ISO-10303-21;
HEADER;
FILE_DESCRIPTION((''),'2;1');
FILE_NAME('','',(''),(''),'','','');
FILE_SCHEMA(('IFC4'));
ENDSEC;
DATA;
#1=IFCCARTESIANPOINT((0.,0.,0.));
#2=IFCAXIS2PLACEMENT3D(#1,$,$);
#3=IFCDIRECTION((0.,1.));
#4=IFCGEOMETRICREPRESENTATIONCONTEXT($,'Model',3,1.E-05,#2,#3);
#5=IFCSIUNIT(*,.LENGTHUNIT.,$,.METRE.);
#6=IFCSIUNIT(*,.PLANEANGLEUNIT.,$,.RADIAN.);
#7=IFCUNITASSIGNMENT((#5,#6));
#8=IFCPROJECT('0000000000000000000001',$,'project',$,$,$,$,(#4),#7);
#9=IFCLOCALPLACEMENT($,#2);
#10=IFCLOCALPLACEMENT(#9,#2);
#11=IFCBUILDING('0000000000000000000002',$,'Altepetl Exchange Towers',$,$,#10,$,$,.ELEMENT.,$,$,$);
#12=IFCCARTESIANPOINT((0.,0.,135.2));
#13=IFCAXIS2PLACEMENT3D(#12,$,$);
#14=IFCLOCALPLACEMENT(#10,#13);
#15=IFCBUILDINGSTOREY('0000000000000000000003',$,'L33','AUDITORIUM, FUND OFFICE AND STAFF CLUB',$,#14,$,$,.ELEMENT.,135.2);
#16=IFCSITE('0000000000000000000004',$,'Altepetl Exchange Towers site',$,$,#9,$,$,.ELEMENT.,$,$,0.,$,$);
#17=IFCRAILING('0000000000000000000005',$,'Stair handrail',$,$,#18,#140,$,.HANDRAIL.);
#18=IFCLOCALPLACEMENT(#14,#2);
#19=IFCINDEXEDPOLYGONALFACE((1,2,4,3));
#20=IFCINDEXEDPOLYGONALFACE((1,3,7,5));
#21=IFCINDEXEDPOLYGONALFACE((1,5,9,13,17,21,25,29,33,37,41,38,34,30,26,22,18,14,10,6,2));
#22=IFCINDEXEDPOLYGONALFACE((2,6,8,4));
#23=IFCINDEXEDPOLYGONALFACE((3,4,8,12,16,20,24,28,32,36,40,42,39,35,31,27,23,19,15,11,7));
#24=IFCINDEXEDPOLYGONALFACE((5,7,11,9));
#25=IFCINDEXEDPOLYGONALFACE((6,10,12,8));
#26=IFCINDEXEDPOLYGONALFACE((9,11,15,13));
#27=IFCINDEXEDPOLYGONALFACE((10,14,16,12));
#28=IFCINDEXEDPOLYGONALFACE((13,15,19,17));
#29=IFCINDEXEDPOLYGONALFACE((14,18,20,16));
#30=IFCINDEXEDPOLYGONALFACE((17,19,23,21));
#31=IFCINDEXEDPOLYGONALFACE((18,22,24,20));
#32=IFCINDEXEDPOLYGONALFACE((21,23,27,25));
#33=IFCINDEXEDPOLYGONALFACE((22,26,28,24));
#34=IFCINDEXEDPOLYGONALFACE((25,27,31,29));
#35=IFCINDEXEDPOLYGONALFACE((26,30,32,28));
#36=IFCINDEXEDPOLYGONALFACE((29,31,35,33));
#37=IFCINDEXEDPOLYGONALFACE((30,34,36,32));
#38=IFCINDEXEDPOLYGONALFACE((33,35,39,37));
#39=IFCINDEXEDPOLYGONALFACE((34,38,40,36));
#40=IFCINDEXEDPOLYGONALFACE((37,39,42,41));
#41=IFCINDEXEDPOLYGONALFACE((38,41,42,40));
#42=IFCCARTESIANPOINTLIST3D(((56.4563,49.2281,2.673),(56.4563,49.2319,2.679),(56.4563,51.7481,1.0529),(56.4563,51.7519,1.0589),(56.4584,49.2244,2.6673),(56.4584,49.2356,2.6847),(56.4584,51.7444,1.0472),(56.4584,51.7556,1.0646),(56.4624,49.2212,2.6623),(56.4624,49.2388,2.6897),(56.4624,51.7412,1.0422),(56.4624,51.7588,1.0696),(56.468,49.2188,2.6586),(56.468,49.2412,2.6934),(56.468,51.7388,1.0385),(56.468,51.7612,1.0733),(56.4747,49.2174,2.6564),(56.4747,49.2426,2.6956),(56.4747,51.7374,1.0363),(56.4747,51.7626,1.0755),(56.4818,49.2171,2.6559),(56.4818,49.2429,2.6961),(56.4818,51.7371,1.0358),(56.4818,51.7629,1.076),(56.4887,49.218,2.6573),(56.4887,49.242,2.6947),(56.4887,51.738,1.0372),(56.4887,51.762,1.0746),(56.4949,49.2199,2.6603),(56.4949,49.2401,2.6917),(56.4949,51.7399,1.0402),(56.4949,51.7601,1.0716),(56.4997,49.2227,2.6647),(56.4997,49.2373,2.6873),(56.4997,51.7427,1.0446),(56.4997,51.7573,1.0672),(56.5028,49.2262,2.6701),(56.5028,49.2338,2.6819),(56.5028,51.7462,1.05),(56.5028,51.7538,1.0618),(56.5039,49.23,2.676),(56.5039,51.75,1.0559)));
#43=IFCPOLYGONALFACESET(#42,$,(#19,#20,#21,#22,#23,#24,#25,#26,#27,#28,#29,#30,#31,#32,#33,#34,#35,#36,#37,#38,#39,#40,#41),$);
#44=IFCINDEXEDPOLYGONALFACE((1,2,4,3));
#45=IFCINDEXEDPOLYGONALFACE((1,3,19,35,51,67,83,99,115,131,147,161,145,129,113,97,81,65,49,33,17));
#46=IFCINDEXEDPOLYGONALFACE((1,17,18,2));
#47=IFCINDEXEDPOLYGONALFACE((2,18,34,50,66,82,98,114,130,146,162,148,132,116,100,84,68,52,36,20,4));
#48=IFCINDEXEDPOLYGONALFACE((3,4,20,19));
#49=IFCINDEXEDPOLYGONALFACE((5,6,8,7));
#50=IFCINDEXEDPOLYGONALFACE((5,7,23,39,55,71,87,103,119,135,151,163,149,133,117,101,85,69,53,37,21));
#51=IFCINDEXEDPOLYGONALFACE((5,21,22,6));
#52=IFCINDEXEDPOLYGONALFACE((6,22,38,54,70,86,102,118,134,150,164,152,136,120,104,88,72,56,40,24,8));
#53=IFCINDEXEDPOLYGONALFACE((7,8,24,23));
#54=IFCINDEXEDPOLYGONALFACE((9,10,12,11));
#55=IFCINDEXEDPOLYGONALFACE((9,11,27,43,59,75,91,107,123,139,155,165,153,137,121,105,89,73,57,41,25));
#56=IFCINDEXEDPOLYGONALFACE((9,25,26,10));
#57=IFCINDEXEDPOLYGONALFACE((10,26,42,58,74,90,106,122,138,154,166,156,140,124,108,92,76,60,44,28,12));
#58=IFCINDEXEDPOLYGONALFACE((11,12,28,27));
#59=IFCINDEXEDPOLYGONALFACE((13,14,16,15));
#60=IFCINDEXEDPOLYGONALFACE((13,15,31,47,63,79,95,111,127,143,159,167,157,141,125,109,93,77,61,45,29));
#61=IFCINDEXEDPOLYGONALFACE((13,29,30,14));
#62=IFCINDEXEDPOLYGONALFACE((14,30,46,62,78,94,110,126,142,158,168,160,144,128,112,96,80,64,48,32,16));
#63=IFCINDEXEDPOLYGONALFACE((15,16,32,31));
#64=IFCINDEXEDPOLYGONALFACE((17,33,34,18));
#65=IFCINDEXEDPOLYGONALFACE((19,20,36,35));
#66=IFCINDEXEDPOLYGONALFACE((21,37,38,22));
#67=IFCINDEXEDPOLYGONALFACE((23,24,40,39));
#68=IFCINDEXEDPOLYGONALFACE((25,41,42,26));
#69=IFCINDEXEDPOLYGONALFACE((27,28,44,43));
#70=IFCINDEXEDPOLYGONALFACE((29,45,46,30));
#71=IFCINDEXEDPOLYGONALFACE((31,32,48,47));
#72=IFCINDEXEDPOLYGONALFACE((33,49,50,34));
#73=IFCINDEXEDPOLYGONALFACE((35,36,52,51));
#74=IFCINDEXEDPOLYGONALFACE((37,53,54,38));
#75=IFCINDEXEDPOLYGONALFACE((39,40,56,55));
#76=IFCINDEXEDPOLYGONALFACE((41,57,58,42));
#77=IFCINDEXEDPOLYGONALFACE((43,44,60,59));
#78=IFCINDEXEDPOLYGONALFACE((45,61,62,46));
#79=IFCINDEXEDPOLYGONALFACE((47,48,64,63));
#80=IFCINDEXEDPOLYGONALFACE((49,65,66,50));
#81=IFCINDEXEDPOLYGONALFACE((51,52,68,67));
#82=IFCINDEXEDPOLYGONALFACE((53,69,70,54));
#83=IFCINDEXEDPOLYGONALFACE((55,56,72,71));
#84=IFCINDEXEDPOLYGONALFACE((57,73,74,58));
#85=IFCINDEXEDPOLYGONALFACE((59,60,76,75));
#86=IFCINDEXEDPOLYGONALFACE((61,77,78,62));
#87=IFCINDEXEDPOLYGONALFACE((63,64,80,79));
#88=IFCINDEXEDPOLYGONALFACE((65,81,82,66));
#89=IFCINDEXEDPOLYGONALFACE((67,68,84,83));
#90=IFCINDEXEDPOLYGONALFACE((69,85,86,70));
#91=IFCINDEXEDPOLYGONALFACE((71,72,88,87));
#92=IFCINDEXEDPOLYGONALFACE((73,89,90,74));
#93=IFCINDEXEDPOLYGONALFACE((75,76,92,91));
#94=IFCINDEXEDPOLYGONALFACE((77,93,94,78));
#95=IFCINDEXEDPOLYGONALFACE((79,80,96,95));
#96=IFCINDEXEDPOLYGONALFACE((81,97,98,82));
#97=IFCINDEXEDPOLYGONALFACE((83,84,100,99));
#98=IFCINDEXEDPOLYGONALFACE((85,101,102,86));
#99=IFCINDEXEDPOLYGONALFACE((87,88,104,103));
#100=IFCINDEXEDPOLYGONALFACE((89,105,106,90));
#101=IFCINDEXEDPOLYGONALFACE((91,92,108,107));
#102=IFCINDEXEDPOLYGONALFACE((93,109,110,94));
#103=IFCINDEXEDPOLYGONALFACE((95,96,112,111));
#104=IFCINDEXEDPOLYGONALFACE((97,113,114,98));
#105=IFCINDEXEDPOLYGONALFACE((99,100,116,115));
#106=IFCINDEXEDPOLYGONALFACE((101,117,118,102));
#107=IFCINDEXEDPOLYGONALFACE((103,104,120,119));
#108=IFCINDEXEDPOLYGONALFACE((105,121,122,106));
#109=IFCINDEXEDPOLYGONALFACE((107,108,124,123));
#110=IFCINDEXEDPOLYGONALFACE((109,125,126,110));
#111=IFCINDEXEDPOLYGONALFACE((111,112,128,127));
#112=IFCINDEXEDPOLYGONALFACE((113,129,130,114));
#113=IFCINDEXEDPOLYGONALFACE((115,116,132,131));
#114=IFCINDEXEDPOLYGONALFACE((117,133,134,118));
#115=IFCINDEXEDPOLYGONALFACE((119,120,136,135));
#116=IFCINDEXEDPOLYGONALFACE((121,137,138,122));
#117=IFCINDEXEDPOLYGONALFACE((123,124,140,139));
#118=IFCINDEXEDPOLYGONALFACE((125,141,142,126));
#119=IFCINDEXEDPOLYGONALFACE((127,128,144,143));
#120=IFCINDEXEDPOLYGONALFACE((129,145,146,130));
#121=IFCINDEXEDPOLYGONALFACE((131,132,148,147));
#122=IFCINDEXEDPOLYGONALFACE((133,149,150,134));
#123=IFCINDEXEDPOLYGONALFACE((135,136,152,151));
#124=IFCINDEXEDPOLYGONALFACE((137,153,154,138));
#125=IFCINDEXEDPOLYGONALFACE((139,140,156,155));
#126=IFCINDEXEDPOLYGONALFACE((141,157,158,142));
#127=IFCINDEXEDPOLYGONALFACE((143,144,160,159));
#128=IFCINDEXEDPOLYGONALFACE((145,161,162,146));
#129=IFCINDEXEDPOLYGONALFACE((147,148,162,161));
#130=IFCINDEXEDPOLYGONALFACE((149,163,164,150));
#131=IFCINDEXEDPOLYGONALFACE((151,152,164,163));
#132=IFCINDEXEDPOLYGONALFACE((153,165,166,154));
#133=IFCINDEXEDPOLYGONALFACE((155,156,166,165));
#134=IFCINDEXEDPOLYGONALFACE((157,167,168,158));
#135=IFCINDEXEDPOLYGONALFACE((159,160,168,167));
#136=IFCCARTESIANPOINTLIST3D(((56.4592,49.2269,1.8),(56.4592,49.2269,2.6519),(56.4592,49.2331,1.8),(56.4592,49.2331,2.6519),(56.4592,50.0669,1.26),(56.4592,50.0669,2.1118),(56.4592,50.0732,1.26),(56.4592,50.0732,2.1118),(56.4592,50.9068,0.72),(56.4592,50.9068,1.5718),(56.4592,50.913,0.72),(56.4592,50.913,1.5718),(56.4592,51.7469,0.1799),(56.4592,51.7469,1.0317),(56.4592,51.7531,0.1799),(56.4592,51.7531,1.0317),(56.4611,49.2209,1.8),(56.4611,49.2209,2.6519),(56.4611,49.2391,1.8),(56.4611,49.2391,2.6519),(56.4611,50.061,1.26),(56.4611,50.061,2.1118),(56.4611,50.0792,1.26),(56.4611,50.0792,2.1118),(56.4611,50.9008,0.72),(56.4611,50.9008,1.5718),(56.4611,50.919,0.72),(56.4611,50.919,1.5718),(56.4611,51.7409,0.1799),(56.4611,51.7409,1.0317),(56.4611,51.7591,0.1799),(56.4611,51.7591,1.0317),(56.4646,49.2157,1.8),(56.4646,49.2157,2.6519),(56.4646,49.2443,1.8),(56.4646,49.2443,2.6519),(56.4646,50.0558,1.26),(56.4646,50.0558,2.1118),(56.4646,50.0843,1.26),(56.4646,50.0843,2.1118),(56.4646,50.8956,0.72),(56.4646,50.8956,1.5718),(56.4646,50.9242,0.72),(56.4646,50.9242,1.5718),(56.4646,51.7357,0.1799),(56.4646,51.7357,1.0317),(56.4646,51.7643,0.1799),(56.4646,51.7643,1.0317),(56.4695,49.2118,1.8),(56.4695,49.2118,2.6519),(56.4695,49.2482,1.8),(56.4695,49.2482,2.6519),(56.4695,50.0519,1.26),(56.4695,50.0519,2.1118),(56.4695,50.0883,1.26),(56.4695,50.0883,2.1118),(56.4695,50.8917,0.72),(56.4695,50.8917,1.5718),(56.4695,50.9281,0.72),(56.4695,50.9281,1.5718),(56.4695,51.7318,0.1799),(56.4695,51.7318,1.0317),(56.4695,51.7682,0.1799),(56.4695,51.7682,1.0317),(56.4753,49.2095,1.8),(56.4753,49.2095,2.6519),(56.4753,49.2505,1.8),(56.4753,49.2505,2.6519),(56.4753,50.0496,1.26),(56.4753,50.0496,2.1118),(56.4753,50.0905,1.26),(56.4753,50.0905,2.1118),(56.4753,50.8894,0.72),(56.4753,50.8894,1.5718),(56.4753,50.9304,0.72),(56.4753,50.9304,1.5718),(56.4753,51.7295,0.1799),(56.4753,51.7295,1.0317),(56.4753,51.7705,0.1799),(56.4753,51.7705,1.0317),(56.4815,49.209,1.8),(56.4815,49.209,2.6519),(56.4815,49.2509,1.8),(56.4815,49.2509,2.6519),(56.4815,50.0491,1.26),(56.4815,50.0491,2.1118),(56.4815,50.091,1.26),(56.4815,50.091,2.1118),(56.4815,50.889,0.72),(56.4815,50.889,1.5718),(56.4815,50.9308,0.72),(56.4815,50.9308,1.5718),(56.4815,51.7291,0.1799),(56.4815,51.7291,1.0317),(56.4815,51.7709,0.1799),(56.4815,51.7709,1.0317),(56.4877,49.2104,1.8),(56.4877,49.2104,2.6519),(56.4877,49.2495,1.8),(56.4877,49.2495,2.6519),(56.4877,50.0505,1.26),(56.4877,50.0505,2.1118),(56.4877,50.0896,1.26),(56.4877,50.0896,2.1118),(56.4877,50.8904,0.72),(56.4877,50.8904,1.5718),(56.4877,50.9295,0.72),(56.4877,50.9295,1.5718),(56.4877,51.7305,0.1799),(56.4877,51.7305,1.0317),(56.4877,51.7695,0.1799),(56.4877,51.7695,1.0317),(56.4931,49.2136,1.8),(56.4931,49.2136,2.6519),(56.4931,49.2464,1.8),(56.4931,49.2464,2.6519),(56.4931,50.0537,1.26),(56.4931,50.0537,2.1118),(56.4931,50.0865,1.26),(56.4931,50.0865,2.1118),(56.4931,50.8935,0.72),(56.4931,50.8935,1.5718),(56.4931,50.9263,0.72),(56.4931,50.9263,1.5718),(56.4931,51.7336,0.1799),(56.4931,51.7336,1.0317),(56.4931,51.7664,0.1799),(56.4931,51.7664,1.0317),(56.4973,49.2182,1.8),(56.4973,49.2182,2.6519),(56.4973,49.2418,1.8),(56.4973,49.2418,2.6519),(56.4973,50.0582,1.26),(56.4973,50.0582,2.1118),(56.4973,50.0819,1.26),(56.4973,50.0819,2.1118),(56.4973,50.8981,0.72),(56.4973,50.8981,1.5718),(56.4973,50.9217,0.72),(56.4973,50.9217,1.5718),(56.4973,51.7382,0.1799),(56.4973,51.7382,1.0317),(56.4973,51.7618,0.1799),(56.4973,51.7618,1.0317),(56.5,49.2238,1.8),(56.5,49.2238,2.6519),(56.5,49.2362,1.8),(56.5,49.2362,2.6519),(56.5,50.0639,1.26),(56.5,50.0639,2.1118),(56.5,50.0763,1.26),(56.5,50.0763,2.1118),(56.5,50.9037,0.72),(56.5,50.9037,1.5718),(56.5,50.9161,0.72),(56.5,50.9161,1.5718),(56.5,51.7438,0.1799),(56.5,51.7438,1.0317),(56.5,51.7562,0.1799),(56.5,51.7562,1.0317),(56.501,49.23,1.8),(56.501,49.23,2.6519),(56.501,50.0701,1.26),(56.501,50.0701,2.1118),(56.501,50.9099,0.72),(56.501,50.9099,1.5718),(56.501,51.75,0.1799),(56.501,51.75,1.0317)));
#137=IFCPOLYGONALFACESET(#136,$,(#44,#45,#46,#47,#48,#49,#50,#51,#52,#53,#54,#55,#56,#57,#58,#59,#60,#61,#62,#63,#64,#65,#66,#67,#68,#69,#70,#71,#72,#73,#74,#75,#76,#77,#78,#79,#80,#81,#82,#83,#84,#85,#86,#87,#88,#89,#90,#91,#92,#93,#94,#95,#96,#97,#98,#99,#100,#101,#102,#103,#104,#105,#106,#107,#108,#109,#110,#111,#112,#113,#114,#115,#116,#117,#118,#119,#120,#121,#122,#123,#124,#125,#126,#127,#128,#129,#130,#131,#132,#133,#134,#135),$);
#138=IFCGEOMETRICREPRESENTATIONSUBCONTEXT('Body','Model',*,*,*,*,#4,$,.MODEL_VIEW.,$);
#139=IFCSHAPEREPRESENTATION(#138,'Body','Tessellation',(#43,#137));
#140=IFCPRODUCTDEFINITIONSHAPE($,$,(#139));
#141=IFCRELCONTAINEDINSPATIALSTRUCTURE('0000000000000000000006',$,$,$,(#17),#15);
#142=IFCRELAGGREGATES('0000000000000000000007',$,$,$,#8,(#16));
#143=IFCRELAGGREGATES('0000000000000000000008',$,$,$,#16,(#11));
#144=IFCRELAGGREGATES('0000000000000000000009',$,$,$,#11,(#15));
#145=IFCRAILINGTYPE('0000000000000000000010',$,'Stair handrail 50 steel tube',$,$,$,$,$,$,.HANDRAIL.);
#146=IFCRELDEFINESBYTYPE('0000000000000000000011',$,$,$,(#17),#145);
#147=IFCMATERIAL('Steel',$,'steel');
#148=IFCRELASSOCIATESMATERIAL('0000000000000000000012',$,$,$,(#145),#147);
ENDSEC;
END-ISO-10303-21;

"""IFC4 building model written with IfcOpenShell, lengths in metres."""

from ifc_helpers import new_model, si_unit, direction, frame, origin, origin_2d, place, context, subcontext, project, spatial, circle, extrude, source, transform, mapped, material, type_object, element, save


model = new_model("IFC4")

# Units and contexts
model_context = context("Model", 3, precision=1e-05, world=origin(), true_north=direction((0.0, 1.0)))
body_context = subcontext(model_context, "Body", "Model", "MODEL_VIEW")
ifc_project = project(units=[si_unit("LENGTHUNIT", "METRE"), si_unit("PLANEANGLEUNIT", "RADIAN")], contexts=[model_context])

# Site, building, storey
site_placement = place(None, origin())
site = spatial("IfcSite", under=ifc_project, at=site_placement, Name="Altepetl Exchange Towers site", CompositionType="ELEMENT", RefElevation=0.0)
building_placement = place(site_placement, origin())
building = spatial("IfcBuilding", under=site, at=building_placement, Name="Altepetl Exchange Towers", CompositionType="ELEMENT")
storey_placement = place(building_placement, frame((0.0, 0.0, 135.2)))
storey = spatial("IfcBuildingStorey", under=building, at=storey_placement, Name="L33", Description="AUDITORIUM, FUND OFFICE AND STAFF CLUB", CompositionType="ELEMENT", Elevation=135.2)

# Railing
ifc_material_1 = material(Name="Steel", Category="steel")
railing_type = type_object("IfcRailingType", Name="Stair handrail 50 steel tube", PredefinedType="HANDRAIL", material=ifc_material_1)
shared_shape = source(origin(), body_context, "Body", "SweptSolid", [
    extrude(circle(Radius=0.021, at=origin_2d()), origin(), (0.0, 0.0, 1.0), 0.8518),
])
railing_1_placement = place(storey_placement, frame((56.48, 51.75, 0.1799)))
element("IfcRailing", 1, at=railing_1_placement, inside=storey, type_object=railing_type, Name="Stair handrail", PredefinedType="HANDRAIL", context=body_context, shape_type="SweptSolid", body=[
    extrude(circle(Radius=0.0239, at=origin_2d()), frame((0.0, 0.0, 0.876), z_axis=(0.0, -0.841163, 0.540782), x_axis=(1.0, 0.0, 0.0)), (0.0, 0.0, 1.0), 2.9958),
    mapped(shared_shape, transform((0.0, 0.0, 0.0))),
    mapped(shared_shape, transform((0.0, -0.8401, 0.54))),
    mapped(shared_shape, transform((0.0, -1.6799, 1.0801))),
    mapped(shared_shape, transform((0.0, -2.52, 1.6201))),
])

save(model, "model.ifc")
